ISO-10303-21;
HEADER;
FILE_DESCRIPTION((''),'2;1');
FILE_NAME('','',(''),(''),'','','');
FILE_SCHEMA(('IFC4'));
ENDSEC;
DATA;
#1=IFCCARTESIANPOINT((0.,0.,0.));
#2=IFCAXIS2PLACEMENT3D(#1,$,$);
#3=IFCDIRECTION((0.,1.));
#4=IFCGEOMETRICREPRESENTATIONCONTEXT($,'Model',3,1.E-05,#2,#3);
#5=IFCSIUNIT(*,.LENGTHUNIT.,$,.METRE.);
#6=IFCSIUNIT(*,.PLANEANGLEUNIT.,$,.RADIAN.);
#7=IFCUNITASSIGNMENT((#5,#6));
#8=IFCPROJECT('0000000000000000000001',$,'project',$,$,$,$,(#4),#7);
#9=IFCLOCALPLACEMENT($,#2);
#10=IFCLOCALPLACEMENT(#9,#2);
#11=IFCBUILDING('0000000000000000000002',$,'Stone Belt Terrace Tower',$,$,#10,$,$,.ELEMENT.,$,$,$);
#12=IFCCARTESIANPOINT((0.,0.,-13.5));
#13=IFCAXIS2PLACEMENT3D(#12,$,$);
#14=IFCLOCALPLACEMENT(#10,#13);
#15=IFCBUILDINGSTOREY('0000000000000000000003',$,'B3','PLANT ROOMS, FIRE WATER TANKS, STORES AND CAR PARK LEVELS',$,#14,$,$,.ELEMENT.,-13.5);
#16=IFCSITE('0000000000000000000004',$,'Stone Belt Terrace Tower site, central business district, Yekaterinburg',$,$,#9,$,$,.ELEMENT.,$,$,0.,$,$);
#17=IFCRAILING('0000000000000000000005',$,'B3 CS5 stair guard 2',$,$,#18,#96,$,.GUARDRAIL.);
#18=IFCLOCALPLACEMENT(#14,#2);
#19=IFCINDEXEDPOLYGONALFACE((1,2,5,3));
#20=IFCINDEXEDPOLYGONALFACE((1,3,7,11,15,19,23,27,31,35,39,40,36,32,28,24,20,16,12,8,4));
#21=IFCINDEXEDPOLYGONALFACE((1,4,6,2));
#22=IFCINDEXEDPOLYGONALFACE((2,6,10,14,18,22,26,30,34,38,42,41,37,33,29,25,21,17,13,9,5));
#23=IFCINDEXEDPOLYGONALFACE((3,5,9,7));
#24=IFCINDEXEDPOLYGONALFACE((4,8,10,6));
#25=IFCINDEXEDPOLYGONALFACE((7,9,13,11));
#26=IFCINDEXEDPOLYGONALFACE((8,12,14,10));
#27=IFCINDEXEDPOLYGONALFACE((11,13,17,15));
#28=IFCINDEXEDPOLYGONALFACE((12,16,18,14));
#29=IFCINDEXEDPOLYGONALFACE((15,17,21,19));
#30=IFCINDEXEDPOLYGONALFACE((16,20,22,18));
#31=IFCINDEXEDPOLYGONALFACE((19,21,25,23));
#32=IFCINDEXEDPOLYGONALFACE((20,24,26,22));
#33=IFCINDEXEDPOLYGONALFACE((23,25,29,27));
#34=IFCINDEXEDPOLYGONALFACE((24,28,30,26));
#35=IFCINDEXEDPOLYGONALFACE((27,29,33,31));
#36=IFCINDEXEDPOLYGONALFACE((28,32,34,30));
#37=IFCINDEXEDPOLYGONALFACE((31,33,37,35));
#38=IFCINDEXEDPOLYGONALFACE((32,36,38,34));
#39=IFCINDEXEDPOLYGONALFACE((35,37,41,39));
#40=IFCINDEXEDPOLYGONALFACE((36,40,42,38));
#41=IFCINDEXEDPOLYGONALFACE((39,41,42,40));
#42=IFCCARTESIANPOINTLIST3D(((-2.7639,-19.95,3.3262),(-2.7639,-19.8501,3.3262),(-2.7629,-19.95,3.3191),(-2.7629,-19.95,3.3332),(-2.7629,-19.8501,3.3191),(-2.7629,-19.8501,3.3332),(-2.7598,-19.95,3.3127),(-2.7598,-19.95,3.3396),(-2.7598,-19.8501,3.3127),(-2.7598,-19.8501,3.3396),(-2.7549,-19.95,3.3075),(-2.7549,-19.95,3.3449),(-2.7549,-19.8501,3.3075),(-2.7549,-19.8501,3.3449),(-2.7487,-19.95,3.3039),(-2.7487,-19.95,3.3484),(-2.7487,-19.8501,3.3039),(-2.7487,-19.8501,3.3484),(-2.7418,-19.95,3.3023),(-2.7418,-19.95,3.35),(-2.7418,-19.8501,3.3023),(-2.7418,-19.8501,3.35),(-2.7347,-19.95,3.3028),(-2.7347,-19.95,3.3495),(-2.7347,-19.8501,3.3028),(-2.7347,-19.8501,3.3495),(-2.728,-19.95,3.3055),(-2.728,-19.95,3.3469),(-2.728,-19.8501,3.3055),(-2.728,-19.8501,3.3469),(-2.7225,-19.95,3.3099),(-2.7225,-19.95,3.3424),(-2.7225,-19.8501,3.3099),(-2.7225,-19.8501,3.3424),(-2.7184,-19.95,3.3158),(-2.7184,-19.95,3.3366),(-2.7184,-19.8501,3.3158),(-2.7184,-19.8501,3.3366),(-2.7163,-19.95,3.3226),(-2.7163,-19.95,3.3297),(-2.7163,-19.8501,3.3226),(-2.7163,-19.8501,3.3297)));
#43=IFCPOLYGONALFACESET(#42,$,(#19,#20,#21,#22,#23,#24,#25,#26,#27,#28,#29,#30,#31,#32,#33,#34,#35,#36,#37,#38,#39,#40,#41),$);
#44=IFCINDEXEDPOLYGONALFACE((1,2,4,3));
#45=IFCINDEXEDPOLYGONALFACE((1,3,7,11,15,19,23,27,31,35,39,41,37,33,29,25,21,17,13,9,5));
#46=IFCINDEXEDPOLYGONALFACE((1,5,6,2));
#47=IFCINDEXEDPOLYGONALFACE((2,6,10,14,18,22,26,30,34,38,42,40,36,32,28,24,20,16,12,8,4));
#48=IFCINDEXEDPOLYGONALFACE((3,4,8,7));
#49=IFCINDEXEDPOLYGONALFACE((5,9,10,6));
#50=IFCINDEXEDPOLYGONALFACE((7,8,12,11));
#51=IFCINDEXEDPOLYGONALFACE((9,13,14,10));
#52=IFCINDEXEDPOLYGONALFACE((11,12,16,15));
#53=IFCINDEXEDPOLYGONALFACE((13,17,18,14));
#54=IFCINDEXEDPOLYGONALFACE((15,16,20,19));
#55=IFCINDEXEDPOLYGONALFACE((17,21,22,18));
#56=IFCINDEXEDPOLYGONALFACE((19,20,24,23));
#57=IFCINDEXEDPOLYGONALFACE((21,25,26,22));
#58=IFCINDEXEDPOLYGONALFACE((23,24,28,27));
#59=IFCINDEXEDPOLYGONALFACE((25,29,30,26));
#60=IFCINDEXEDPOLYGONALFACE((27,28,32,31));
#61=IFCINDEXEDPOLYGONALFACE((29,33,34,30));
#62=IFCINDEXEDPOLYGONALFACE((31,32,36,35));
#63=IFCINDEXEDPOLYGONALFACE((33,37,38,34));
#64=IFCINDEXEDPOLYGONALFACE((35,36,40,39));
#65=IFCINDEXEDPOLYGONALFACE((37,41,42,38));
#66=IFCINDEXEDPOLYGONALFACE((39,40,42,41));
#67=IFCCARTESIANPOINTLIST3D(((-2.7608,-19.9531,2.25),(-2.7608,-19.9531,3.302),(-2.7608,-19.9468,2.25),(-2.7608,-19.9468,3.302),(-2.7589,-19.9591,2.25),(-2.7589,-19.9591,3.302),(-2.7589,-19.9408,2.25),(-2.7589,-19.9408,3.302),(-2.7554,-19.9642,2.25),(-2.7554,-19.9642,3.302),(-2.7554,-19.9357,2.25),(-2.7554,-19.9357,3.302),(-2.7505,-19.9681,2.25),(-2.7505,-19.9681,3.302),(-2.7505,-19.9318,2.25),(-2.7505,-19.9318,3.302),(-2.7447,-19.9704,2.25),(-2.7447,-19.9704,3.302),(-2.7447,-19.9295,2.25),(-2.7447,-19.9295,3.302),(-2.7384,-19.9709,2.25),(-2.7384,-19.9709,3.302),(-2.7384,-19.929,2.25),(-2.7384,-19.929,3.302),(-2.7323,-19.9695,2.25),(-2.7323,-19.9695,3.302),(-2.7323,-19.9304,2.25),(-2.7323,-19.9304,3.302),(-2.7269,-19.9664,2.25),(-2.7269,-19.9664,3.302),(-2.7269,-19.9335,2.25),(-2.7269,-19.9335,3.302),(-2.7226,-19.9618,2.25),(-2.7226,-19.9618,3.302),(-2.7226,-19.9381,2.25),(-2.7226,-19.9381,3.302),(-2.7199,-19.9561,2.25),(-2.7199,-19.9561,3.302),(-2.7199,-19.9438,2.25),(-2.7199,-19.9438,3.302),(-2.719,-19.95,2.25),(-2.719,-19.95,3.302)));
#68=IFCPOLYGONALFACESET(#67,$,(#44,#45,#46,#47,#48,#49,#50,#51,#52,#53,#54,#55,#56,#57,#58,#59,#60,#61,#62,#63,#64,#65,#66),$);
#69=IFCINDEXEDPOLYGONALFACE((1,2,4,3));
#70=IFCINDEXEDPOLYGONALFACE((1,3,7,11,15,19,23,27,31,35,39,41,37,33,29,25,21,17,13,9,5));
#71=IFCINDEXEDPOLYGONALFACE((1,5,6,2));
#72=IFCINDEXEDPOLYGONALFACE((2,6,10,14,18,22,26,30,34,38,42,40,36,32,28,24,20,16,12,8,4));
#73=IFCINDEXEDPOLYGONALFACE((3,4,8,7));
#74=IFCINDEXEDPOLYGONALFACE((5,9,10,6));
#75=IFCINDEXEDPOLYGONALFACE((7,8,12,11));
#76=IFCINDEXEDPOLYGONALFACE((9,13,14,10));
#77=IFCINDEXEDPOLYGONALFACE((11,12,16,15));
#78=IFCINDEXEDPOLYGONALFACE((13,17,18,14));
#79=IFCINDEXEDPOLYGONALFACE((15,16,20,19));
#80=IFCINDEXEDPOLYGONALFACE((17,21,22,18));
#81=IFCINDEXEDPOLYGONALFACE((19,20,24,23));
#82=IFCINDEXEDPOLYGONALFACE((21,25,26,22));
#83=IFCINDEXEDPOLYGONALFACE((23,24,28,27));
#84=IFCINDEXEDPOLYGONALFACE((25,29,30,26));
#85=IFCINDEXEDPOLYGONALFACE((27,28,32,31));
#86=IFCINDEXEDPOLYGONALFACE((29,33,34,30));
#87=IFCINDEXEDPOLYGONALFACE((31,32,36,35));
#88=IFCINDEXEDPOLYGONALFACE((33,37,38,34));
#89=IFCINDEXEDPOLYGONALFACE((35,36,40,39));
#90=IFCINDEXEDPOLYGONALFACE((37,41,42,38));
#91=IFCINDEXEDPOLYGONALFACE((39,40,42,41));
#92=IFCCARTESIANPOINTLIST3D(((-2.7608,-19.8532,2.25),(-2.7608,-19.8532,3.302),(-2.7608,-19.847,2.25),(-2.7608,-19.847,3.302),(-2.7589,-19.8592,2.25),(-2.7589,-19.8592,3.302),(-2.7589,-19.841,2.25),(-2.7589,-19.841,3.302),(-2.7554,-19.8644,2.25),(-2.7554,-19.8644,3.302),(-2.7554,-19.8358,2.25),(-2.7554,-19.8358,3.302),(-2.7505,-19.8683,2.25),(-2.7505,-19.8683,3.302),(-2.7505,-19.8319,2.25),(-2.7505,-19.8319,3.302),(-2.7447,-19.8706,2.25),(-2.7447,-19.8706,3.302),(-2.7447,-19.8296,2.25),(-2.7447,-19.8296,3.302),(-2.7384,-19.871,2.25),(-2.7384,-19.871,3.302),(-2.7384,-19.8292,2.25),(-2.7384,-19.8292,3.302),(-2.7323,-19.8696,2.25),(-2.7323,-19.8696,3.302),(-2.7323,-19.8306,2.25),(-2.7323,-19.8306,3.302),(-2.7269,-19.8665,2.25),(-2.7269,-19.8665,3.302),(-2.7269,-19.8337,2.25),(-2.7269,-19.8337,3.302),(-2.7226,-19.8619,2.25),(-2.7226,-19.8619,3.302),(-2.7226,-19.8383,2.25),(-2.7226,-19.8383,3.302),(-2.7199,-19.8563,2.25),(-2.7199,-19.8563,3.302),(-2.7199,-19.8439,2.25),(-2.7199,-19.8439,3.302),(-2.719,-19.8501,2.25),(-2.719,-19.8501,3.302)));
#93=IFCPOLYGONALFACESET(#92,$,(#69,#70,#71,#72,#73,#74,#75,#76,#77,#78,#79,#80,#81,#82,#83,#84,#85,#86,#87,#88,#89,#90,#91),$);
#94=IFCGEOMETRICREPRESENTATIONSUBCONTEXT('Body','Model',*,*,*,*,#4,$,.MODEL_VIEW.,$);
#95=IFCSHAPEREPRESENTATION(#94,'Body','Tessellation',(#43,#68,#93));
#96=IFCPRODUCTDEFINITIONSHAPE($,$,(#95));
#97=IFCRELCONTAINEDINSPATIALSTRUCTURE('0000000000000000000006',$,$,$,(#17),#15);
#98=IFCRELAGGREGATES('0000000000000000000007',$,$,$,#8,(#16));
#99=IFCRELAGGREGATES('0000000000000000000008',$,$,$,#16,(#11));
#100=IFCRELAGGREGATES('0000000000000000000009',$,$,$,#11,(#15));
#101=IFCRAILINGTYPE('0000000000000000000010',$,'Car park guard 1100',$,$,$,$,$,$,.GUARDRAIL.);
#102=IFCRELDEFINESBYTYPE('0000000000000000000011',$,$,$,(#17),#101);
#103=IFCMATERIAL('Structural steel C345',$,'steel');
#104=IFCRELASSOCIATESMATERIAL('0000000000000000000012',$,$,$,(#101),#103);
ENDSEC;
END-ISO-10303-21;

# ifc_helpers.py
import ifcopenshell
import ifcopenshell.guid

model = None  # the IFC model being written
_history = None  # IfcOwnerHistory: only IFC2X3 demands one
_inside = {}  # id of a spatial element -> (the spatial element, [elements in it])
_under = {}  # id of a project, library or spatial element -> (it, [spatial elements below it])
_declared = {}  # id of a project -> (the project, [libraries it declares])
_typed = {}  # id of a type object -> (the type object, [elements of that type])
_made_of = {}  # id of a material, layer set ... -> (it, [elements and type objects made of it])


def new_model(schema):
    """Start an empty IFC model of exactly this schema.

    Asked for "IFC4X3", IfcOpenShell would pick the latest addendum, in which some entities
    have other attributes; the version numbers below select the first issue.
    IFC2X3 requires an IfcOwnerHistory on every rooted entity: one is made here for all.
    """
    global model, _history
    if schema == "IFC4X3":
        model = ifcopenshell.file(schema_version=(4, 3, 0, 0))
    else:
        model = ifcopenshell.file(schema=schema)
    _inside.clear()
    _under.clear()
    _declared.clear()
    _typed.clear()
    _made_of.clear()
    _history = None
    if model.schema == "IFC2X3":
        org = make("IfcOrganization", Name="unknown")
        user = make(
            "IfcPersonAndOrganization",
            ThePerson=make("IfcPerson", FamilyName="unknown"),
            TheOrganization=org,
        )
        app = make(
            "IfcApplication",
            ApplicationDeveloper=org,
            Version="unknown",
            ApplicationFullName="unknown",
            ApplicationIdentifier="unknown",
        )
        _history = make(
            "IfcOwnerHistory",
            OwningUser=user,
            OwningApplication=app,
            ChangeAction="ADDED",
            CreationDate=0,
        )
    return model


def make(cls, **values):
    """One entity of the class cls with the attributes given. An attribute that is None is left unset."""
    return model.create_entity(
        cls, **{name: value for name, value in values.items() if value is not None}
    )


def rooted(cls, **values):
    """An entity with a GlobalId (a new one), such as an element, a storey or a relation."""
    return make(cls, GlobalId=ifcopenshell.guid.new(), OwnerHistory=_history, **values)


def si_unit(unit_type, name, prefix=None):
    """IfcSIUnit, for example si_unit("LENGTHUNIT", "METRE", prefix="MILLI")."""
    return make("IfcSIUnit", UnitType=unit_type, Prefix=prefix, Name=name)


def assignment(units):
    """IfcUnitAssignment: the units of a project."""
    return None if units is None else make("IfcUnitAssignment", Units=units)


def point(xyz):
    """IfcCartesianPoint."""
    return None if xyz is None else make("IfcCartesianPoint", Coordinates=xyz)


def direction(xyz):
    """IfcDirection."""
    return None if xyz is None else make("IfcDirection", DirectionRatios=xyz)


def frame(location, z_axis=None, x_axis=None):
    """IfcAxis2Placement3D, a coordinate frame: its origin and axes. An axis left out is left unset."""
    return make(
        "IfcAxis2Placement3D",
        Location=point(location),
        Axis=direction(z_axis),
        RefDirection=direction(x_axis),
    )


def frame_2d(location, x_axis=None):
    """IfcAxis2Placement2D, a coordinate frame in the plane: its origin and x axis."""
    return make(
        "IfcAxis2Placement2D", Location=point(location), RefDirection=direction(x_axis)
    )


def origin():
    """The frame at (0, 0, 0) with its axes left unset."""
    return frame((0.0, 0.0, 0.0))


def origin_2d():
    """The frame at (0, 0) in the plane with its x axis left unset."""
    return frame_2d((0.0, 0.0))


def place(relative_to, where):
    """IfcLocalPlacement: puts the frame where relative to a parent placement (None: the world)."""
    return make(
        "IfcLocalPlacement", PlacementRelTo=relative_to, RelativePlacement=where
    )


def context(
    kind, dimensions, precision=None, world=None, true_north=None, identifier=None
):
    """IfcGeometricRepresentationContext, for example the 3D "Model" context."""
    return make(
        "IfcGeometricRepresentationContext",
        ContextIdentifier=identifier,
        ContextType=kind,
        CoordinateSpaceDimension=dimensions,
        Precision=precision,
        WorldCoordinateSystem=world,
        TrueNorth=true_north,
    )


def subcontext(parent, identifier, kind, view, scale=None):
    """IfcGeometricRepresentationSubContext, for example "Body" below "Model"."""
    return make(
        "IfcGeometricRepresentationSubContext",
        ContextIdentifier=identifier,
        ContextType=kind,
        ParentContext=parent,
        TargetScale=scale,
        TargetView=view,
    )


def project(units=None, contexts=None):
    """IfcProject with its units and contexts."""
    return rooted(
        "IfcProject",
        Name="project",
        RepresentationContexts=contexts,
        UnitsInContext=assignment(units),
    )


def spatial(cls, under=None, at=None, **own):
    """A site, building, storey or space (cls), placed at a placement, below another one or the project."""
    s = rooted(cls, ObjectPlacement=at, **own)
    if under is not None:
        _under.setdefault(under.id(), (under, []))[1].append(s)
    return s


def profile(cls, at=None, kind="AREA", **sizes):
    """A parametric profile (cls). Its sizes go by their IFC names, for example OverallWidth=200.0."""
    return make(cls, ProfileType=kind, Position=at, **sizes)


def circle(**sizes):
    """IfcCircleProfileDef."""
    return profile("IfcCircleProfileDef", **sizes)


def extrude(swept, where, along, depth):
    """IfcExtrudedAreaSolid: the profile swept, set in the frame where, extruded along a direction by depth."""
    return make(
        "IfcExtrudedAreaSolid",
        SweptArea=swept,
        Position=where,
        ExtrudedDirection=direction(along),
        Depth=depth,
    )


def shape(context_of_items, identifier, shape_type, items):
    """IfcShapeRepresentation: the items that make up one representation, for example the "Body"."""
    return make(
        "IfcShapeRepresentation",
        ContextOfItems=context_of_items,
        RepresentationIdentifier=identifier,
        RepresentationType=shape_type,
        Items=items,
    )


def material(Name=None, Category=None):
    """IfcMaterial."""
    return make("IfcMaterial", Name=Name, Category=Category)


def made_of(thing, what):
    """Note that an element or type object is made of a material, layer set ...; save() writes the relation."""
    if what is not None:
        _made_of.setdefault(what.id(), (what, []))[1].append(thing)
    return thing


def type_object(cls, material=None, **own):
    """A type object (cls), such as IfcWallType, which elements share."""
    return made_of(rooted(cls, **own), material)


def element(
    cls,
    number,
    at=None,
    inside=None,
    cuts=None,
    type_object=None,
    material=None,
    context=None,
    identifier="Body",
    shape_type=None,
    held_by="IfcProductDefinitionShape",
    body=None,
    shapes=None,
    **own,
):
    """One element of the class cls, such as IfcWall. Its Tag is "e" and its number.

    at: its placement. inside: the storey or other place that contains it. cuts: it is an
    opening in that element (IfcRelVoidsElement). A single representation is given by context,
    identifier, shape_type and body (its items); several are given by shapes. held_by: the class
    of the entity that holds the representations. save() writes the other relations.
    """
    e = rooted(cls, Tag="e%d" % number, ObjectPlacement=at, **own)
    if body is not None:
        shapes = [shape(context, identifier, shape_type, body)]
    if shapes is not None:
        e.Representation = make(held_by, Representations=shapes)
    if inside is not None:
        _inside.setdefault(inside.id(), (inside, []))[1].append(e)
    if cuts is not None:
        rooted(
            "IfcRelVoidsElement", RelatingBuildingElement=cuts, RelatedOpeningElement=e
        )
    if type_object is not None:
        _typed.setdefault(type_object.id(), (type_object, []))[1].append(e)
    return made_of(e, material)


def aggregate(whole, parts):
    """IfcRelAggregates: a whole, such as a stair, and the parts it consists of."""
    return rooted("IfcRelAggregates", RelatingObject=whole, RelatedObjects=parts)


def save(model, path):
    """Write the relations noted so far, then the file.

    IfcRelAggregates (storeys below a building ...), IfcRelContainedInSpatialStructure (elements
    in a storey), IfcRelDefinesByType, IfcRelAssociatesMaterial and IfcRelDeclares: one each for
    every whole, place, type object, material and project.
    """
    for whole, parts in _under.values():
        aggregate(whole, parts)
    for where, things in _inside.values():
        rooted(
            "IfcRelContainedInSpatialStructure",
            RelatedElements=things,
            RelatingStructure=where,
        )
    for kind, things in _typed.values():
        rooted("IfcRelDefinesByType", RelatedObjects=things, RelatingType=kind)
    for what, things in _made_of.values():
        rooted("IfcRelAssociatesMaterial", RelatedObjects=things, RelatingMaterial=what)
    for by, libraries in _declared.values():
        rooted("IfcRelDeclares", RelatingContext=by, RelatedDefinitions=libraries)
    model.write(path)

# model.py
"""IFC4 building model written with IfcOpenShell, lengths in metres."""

from ifc_helpers import new_model, si_unit, direction, frame, origin, origin_2d, place, context, subcontext, project, spatial, circle, extrude, material, type_object, element, save


model = new_model("IFC4")

# Units and contexts
model_context = context("Model", 3, precision=1e-05, world=origin(), true_north=direction((0.0, 1.0)))
body_context = subcontext(model_context, "Body", "Model", "MODEL_VIEW")
ifc_project = project(units=[si_unit("LENGTHUNIT", "METRE"), si_unit("PLANEANGLEUNIT", "RADIAN")], contexts=[model_context])

# Site, building, storey
site_placement = place(None, origin())
site = spatial("IfcSite", under=ifc_project, at=site_placement, Name="Stone Belt Terrace Tower site, central business district, Yekaterinburg", CompositionType="ELEMENT", RefElevation=0.0)
building_placement = place(site_placement, origin())
building = spatial("IfcBuilding", under=site, at=building_placement, Name="Stone Belt Terrace Tower", CompositionType="ELEMENT")
storey_placement = place(building_placement, frame((0.0, 0.0, -13.5)))
storey = spatial("IfcBuildingStorey", under=building, at=storey_placement, Name="B3", Description="PLANT ROOMS, FIRE WATER TANKS, STORES AND CAR PARK LEVELS", CompositionType="ELEMENT", Elevation=-13.5)

# Railing
ifc_material_1 = material(Name="Structural steel C345", Category="steel")
railing_type_1 = type_object("IfcRailingType", Name="Car park guard 1100", PredefinedType="GUARDRAIL", material=ifc_material_1)
railing_1_placement = place(storey_placement, frame((-2.74, -19.95, 2.25)))
element("IfcRailing", 1, at=railing_1_placement, inside=storey, type_object=railing_type_1, Name="B3 CS5 stair guard 2", PredefinedType="GUARDRAIL", context=body_context, shape_type="SweptSolid", body=[
    extrude(circle(Radius=0.0239, at=origin_2d()), frame((0.0, 0.0, 1.0762), z_axis=(0.0, 1.0, 0.0), x_axis=(-1.0, 0.0, 0.0)), (0.0, 0.0, 1.0), 0.0999),
    extrude(circle(Radius=0.021, at=origin_2d()), origin(), (0.0, 0.0, 1.0), 1.052),
    extrude(circle(Radius=0.021, at=origin_2d()), frame((0.0, 0.0999, 0.0)), (0.0, 0.0, 1.0), 1.052),
])

save(model, "model.ifc")
